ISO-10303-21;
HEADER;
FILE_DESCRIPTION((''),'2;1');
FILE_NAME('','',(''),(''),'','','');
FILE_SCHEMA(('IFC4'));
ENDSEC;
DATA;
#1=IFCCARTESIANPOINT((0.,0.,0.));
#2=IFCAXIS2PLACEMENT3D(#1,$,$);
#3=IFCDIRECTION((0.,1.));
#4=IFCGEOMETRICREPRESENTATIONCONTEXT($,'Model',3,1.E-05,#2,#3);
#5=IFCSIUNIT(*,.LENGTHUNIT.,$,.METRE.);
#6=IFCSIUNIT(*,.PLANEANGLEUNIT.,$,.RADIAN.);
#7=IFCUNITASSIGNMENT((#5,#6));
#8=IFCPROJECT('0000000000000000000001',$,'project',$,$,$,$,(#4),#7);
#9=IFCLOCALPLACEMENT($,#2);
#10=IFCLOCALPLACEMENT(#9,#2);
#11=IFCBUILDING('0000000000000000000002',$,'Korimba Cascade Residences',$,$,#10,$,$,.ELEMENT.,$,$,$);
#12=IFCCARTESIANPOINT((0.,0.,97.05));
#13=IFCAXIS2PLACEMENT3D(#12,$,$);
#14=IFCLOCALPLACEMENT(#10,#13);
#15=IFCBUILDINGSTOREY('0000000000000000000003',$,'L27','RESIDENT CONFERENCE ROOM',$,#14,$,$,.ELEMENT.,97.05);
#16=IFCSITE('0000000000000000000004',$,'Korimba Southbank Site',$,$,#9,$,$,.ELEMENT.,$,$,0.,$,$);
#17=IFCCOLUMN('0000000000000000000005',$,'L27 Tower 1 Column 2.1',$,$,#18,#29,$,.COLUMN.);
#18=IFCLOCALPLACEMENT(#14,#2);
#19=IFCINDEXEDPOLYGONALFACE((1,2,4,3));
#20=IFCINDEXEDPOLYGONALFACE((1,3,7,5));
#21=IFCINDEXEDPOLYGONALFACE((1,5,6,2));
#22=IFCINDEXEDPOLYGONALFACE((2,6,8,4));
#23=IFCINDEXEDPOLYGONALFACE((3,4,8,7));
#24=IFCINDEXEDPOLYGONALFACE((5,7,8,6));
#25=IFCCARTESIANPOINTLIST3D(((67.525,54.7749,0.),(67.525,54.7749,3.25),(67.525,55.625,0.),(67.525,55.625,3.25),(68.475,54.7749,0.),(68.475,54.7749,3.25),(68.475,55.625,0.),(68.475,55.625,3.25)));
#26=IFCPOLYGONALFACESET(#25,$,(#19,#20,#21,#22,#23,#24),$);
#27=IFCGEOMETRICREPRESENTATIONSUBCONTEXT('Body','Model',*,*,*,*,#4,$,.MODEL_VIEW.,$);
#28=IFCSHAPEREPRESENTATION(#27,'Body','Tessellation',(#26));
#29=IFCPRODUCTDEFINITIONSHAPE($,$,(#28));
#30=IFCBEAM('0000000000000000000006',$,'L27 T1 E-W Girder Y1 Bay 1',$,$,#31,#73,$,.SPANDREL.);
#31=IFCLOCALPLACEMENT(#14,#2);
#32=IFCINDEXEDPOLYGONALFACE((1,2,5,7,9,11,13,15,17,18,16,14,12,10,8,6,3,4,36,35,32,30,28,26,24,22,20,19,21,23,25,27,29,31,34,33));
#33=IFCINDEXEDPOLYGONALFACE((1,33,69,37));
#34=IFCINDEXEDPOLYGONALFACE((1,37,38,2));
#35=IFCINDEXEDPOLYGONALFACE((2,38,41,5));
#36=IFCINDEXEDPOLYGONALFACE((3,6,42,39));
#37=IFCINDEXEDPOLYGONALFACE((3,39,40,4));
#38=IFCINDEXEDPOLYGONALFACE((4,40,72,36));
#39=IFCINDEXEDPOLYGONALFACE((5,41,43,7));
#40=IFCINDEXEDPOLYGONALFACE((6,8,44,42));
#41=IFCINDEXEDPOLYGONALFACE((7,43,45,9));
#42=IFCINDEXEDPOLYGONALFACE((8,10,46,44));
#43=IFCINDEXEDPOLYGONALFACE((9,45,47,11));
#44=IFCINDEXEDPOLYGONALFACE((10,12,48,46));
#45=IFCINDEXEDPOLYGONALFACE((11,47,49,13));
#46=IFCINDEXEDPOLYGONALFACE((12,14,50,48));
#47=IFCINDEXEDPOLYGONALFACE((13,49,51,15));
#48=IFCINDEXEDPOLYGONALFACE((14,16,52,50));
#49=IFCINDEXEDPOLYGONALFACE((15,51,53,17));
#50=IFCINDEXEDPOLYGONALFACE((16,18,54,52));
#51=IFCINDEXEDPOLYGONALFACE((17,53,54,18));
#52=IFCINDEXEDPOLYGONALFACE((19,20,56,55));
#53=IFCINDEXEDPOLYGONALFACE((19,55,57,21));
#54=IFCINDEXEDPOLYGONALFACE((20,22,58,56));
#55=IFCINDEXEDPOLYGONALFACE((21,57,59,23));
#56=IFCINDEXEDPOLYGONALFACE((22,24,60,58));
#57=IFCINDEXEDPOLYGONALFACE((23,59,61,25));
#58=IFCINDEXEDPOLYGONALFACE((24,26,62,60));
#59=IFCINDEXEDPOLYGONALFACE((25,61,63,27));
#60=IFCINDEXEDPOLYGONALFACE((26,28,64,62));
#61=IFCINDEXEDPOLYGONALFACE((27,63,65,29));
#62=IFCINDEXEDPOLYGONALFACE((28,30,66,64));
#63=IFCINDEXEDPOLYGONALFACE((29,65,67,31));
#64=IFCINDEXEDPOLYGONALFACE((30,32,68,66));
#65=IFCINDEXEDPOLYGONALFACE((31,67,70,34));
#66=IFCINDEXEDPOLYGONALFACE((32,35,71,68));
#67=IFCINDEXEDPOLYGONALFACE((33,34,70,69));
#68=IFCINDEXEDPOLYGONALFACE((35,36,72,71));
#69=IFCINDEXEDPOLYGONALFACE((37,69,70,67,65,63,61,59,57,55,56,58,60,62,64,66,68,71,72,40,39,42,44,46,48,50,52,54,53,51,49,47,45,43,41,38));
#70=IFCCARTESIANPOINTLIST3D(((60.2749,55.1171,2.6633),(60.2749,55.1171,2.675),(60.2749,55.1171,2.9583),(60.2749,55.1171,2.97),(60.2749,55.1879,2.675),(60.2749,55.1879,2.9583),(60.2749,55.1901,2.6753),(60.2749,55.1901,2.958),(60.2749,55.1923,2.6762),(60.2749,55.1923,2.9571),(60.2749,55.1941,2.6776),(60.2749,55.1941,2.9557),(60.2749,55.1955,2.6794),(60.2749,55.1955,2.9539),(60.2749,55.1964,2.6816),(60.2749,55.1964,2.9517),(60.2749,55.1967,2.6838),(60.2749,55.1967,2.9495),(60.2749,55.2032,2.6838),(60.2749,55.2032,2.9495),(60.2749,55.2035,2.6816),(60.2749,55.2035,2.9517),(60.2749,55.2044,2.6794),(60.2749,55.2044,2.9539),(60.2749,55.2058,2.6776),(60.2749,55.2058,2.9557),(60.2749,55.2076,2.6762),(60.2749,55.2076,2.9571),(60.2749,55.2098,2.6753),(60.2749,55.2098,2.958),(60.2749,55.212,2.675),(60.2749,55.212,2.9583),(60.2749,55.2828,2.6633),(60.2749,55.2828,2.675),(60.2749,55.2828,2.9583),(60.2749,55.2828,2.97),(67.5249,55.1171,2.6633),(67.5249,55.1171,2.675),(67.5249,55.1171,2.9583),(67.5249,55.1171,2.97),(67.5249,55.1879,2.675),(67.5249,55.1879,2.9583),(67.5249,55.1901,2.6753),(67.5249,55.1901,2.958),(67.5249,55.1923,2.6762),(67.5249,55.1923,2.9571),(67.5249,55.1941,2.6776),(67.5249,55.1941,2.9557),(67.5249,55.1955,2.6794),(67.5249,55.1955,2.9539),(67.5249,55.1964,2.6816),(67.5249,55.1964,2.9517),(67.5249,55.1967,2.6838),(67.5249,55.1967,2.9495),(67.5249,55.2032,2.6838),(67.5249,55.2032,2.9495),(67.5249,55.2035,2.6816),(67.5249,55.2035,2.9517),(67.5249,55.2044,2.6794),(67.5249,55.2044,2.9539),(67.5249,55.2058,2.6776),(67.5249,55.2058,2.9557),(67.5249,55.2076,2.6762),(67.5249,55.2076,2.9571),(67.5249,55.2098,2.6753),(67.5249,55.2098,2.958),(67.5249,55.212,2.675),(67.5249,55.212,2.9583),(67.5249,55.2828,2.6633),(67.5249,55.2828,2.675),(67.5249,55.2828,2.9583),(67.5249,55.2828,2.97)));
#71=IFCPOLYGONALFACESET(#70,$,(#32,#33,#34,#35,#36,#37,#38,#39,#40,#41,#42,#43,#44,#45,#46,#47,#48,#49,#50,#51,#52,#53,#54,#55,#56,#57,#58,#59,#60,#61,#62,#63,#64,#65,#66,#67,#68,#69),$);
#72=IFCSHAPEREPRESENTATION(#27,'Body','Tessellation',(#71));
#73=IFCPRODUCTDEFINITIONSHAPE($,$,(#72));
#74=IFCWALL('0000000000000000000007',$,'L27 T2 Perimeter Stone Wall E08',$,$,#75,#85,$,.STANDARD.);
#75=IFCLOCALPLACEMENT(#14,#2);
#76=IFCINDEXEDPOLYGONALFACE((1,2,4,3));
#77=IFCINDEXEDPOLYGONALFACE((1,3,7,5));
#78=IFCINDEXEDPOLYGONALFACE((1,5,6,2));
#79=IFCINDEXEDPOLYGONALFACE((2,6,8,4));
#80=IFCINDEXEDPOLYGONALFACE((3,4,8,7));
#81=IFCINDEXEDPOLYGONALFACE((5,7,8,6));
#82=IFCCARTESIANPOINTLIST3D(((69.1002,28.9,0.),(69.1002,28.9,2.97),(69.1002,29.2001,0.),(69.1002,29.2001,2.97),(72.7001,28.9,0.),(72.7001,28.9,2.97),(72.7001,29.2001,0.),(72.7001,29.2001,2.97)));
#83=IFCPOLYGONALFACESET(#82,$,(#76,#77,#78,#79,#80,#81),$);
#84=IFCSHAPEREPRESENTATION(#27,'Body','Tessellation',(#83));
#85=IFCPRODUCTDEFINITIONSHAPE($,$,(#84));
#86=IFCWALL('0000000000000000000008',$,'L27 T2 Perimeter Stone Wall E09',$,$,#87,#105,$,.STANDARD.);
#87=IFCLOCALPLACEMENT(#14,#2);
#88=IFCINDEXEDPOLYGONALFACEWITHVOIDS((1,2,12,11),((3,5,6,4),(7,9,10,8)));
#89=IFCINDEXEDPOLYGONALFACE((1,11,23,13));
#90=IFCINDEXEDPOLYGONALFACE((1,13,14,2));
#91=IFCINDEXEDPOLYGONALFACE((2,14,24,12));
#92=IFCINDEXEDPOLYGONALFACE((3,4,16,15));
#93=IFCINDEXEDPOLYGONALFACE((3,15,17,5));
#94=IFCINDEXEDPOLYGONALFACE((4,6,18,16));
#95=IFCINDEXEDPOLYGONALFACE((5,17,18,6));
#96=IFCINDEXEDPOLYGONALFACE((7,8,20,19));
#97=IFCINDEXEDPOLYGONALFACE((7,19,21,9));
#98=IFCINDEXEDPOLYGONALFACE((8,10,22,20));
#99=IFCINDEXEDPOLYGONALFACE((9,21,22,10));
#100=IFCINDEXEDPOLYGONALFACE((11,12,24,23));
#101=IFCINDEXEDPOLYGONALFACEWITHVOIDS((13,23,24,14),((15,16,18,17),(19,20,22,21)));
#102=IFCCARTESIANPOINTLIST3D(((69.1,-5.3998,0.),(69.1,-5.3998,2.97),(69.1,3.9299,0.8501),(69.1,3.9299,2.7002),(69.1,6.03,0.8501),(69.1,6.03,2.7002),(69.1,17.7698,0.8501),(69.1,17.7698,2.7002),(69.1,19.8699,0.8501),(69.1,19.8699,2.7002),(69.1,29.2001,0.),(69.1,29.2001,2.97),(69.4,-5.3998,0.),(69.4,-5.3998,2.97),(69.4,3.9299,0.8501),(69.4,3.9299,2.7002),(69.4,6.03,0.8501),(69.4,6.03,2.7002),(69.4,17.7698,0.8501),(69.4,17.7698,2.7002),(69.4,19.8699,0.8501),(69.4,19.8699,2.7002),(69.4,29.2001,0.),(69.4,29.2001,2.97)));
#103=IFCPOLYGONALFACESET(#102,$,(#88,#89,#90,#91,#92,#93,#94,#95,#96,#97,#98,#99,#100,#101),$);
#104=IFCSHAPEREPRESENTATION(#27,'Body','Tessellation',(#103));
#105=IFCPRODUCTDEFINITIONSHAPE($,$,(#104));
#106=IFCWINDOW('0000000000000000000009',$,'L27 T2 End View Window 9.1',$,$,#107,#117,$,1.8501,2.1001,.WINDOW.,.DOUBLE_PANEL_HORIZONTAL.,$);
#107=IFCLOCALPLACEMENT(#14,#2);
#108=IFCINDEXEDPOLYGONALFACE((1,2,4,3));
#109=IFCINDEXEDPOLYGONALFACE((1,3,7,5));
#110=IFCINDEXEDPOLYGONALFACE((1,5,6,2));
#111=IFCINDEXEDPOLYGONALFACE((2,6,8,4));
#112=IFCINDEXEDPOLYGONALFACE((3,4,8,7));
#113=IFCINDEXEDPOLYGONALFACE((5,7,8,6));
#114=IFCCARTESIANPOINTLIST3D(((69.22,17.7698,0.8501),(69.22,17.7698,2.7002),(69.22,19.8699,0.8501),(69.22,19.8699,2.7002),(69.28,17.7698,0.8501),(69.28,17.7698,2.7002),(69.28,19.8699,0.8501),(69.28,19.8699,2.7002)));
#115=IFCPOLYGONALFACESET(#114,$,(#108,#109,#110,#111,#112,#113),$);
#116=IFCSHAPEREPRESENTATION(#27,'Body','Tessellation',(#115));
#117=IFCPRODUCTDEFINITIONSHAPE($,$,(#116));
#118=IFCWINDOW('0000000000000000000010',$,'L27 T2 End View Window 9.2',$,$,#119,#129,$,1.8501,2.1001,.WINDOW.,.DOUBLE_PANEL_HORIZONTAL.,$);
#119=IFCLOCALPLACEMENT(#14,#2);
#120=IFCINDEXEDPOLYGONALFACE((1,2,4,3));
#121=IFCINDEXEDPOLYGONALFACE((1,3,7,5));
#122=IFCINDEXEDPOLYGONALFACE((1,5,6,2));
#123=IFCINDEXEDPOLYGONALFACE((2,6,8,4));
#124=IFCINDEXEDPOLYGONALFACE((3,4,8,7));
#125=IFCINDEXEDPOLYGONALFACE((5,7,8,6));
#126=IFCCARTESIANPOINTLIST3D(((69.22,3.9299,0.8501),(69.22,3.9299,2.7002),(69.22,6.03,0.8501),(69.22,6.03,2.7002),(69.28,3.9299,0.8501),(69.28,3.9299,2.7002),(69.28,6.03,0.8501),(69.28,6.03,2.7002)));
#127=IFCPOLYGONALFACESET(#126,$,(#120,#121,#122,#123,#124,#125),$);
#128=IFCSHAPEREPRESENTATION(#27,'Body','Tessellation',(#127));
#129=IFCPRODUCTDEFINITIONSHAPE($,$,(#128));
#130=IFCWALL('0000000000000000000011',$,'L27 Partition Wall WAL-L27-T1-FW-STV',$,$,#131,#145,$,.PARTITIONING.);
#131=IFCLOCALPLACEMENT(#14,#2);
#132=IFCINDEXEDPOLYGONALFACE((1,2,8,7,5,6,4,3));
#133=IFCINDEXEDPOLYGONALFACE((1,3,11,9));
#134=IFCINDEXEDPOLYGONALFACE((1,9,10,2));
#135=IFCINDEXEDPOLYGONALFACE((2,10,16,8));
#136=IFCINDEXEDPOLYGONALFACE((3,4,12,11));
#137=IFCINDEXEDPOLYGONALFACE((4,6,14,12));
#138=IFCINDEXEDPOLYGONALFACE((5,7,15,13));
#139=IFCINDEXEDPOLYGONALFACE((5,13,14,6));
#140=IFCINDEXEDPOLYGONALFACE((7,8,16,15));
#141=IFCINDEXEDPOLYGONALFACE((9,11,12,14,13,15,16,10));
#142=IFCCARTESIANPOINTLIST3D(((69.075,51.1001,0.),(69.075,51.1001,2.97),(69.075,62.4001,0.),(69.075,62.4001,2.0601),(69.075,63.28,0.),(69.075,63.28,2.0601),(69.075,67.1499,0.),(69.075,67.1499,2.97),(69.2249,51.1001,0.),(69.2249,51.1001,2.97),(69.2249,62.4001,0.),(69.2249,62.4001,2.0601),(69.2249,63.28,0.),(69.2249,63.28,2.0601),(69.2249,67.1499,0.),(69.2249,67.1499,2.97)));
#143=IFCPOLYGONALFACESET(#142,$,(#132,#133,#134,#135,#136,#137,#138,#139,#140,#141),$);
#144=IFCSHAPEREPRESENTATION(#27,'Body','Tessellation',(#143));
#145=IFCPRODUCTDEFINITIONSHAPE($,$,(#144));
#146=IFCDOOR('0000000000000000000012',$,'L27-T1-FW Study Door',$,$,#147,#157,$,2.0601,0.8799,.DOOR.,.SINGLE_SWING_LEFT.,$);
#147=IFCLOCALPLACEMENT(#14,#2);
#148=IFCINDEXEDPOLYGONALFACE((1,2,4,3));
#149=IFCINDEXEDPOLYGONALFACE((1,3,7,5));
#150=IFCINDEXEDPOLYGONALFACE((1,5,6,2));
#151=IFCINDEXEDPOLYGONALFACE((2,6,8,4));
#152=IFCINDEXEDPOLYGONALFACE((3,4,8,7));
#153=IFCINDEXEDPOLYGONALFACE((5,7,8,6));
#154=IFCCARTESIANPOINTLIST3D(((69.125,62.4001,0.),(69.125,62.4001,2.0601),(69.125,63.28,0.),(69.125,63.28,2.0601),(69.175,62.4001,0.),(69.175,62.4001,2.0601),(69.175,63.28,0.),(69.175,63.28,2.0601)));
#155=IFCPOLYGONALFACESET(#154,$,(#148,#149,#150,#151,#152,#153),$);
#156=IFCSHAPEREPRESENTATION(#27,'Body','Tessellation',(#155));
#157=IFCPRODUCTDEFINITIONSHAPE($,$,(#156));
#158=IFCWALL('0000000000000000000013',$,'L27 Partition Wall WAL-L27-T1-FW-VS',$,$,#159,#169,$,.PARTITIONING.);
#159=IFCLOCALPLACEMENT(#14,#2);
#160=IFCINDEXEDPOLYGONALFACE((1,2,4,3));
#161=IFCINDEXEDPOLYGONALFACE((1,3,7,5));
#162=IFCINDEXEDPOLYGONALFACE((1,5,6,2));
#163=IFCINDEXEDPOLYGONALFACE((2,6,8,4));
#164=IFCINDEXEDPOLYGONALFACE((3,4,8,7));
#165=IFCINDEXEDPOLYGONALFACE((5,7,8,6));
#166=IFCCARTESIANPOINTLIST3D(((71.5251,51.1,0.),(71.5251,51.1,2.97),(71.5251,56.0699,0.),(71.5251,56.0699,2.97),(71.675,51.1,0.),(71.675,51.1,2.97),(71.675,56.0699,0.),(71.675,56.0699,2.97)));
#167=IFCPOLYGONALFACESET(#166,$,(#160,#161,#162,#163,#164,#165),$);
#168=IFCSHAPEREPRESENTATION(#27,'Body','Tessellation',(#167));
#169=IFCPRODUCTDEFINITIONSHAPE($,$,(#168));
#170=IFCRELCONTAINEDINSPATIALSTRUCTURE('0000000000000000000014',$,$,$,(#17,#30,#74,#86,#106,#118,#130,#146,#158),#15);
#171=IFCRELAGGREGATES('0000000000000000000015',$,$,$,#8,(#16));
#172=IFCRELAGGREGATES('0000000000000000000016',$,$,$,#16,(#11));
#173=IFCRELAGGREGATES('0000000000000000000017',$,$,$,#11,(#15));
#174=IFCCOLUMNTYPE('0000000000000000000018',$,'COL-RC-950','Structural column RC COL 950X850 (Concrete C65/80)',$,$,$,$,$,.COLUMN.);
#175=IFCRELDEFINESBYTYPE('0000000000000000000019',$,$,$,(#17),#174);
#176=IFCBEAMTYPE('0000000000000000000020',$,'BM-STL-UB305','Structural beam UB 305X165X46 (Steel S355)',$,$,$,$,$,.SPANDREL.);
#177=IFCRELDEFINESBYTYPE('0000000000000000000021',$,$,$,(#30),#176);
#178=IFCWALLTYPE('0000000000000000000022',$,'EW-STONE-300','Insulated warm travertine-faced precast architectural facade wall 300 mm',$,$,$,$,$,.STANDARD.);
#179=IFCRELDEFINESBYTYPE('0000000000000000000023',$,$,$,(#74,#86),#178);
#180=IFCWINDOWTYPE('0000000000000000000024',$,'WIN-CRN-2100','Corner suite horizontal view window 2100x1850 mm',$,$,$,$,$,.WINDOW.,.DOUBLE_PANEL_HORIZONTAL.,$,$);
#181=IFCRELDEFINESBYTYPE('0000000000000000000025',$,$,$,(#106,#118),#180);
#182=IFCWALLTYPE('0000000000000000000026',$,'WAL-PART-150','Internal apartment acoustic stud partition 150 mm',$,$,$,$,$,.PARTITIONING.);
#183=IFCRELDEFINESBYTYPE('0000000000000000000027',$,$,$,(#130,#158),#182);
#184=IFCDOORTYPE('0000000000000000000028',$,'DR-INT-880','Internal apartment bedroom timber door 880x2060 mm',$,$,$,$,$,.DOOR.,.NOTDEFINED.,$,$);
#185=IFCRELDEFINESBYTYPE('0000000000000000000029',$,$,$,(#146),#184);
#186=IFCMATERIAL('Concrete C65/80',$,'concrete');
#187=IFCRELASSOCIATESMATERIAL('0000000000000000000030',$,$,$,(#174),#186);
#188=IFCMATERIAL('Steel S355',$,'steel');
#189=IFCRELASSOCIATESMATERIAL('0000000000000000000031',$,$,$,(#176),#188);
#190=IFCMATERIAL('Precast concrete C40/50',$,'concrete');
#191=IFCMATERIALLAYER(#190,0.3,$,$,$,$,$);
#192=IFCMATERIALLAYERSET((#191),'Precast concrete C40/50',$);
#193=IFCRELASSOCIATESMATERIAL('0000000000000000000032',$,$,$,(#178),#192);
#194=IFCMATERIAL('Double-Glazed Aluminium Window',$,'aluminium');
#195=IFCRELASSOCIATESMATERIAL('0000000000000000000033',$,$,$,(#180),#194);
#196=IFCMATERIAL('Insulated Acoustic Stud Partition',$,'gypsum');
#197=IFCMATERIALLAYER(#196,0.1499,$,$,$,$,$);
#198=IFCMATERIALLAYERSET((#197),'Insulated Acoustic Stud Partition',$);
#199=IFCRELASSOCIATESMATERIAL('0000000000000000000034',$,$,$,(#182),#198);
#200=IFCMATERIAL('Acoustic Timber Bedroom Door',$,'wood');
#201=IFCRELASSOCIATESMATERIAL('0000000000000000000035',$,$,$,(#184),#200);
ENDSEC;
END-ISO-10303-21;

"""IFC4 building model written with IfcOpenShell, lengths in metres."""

from ifc_helpers import new_model, si_unit, direction, frame, frame_2d, origin, origin_2d, place, context, subcontext, project, spatial, rectangle, i_section, extrude, material, layer, layer_set, material_profile, profile_set, type_object, element, fill, save


model = new_model("IFC4")

# Units and contexts
model_context = context("Model", 3, precision=1e-05, world=origin(), true_north=direction((0.0, 1.0)))
body_context = subcontext(model_context, "Body", "Model", "MODEL_VIEW")
ifc_project = project(units=[si_unit("LENGTHUNIT", "METRE"), si_unit("PLANEANGLEUNIT", "RADIAN")], contexts=[model_context])

# Site, building, storey
site_placement = place(None, origin())
site = spatial("IfcSite", under=ifc_project, at=site_placement, Name="Korimba Southbank Site", CompositionType="ELEMENT", RefElevation=0.0)
building_placement = place(site_placement, origin())
building = spatial("IfcBuilding", under=site, at=building_placement, Name="Korimba Cascade Residences", CompositionType="ELEMENT")
storey_placement = place(building_placement, frame((0.0, 0.0, 97.05)))
storey = spatial("IfcBuildingStorey", under=building, at=storey_placement, Name="L27", Description="RESIDENT CONFERENCE ROOM", CompositionType="ELEMENT", Elevation=97.05)

# Column
ifc_material_1 = material(Name="Concrete C65/80", Category="concrete")
ifc_material_profile_1 = material_profile(ifc_material_1, rectangle(XDim=0.95, YDim=0.8501, at=origin_2d()), Name="Concrete C65/80")
ifc_profile_set_1 = profile_set([ifc_material_profile_1], Name="Concrete C65/80")
column_type = type_object("IfcColumnType", Name="COL-RC-950", Description="Structural column RC COL 950X850 (Concrete C65/80)", PredefinedType="COLUMN", material=ifc_profile_set_1)
column_placement = place(storey_placement, frame((68.0, 55.2, 0.0), z_axis=(0.0, 0.0, 1.0), x_axis=(1.0, 0.0, 0.0)))
element("IfcColumn", 1, at=column_placement, inside=storey, type_object=column_type, Name="L27 Tower 1 Column 2.1", PredefinedType="COLUMN", context=body_context, shape_type="SweptSolid", body=[
    extrude(rectangle(XDim=0.95, YDim=0.8501, at=origin_2d()), origin(), (0.0, 0.0, 1.0), 3.25),
])

# Beam
ifc_material_2 = material(Name="Steel S355", Category="steel")
ifc_material_profile_2 = material_profile(ifc_material_2, i_section(OverallWidth=0.1658, OverallDepth=0.3066, WebThickness=0.0066, FlangeThickness=0.0117, FilletRadius=0.0088, at=origin_2d()), Name="Steel S355")
ifc_profile_set_2 = profile_set([ifc_material_profile_2], Name="Steel S355")
beam_type = type_object("IfcBeamType", Name="BM-STL-UB305", Description="Structural beam UB 305X165X46 (Steel S355)", PredefinedType="SPANDREL", material=ifc_profile_set_2)
beam_placement = place(storey_placement, frame((60.2749, 55.2, 2.8167), z_axis=(1.0, 0.0, 0.0), x_axis=(0.0, 1.0, 0.0)))
element("IfcBeam", 2, at=beam_placement, inside=storey, type_object=beam_type, Name="L27 T1 E-W Girder Y1 Bay 1", PredefinedType="SPANDREL", context=body_context, shape_type="SweptSolid", body=[
    extrude(i_section(OverallWidth=0.1658, OverallDepth=0.3066, WebThickness=0.0066, FlangeThickness=0.0117, FilletRadius=0.0088, at=origin_2d()), origin(), (0.0, 0.0, 1.0), 7.25),
])

# Wall
ifc_material_3 = material(Name="Precast concrete C40/50", Category="concrete")
ifc_layer_1 = layer(ifc_material_3, 0.3)
ifc_layer_set_1 = layer_set([ifc_layer_1], Name="Precast concrete C40/50")
wall_type_1 = type_object("IfcWallType", Name="EW-STONE-300", Description="Insulated warm travertine-faced precast architectural facade wall 300 mm", PredefinedType="STANDARD", material=ifc_layer_set_1)
wall_1_placement = place(storey_placement, frame((72.7, 29.05, 0.0), z_axis=(0.0, 0.0, 1.0), x_axis=(-1.0, 0.0, 0.0)))
element("IfcWall", 3, at=wall_1_placement, inside=storey, type_object=wall_type_1, Name="L27 T2 Perimeter Stone Wall E08", PredefinedType="STANDARD", context=body_context, shape_type="SweptSolid", body=[
    extrude(rectangle(XDim=3.5999, YDim=0.3, at=frame_2d((1.7998, 0.0))), origin(), (0.0, 0.0, 1.0), 2.97),
])

# Wall, openings, windows
wall_2_placement = place(storey_placement, frame((69.25, 29.2, 0.0), z_axis=(0.0, 0.0, 1.0), x_axis=(0.0, -1.0, 0.0)))
wall_2 = element("IfcWall", 4, at=wall_2_placement, inside=storey, type_object=wall_type_1, Name="L27 T2 Perimeter Stone Wall E09", PredefinedType="STANDARD", context=body_context, shape_type="SweptSolid", body=[
    extrude(rectangle(XDim=34.5999, YDim=0.3, at=frame_2d((17.2998, 0.0))), origin(), (0.0, 0.0, 1.0), 2.97),
])
opening_1_placement = place(wall_2_placement, frame((9.3301, 0.0, 0.8501)))
opening_1 = element("IfcOpeningElement", 5, at=opening_1_placement, cuts=wall_2, PredefinedType="OPENING", context=body_context, shape_type="SweptSolid", body=[
    extrude(rectangle(XDim=2.1001, YDim=1.8501, at=frame_2d((1.05, 0.925))), frame((0.0, 0.1602, 0.0), z_axis=(0.0, -1.0, 0.0), x_axis=(1.0, 0.0, 0.0)), (0.0, 0.0, 1.0), 0.3201),
])
opening_2_placement = place(wall_2_placement, frame((23.1699, 0.0, 0.8501)))
opening_2 = element("IfcOpeningElement", 6, at=opening_2_placement, cuts=wall_2, PredefinedType="OPENING", context=body_context, shape_type="SweptSolid", body=[
    extrude(rectangle(XDim=2.1001, YDim=1.8501, at=frame_2d((1.05, 0.925))), frame((0.0, 0.1602, 0.0), z_axis=(0.0, -1.0, 0.0), x_axis=(1.0, 0.0, 0.0)), (0.0, 0.0, 1.0), 0.3201),
])
ifc_material_4 = material(Name="Double-Glazed Aluminium Window", Category="aluminium")
window_type = type_object("IfcWindowType", Name="WIN-CRN-2100", Description="Corner suite horizontal view window 2100x1850 mm", PartitioningType="DOUBLE_PANEL_HORIZONTAL", PredefinedType="WINDOW", material=ifc_material_4)
window_1_placement = place(opening_1_placement, origin())
window_1 = element("IfcWindow", 7, at=window_1_placement, inside=storey, type_object=window_type, Name="L27 T2 End View Window 9.1", OverallHeight=1.8501, OverallWidth=2.1001, PartitioningType="DOUBLE_PANEL_HORIZONTAL", PredefinedType="WINDOW", context=body_context, shape_type="SweptSolid", body=[
    extrude(rectangle(XDim=2.1001, YDim=1.8501, at=frame_2d((1.05, 0.925))), frame((0.0, 0.03, 0.0), z_axis=(0.0, -1.0, 0.0), x_axis=(1.0, 0.0, 0.0)), (0.0, 0.0, 1.0), 0.0601),
])
fill(opening_1, window_1)
window_2_placement = place(opening_2_placement, origin())
window_2 = element("IfcWindow", 8, at=window_2_placement, inside=storey, type_object=window_type, Name="L27 T2 End View Window 9.2", OverallHeight=1.8501, OverallWidth=2.1001, PartitioningType="DOUBLE_PANEL_HORIZONTAL", PredefinedType="WINDOW", context=body_context, shape_type="SweptSolid", body=[
    extrude(rectangle(XDim=2.1001, YDim=1.8501, at=frame_2d((1.05, 0.925))), frame((0.0, 0.03, 0.0), z_axis=(0.0, -1.0, 0.0), x_axis=(1.0, 0.0, 0.0)), (0.0, 0.0, 1.0), 0.0601),
])
fill(opening_2, window_2)

# Wall, opening, door
ifc_material_5 = material(Name="Insulated Acoustic Stud Partition", Category="gypsum")
ifc_layer_2 = layer(ifc_material_5, 0.1499)
ifc_layer_set_2 = layer_set([ifc_layer_2], Name="Insulated Acoustic Stud Partition")
wall_type_2 = type_object("IfcWallType", Name="WAL-PART-150", Description="Internal apartment acoustic stud partition 150 mm", PredefinedType="PARTITIONING", material=ifc_layer_set_2)
wall_3_placement = place(storey_placement, frame((69.1499, 51.1001, 0.0), z_axis=(0.0, 0.0, 1.0), x_axis=(0.0, 1.0, 0.0)))
wall_3 = element("IfcWall", 9, at=wall_3_placement, inside=storey, type_object=wall_type_2, Name="L27 Partition Wall WAL-L27-T1-FW-STV", PredefinedType="PARTITIONING", context=body_context, shape_type="SweptSolid", body=[
    extrude(rectangle(XDim=16.0498, YDim=0.1499, at=frame_2d((8.0249, 0.0))), origin(), (0.0, 0.0, 1.0), 2.97),
])
opening_3_placement = place(wall_3_placement, frame((11.3, 0.0, 0.0)))
opening_3 = element("IfcOpeningElement", 10, at=opening_3_placement, cuts=wall_3, PredefinedType="OPENING", context=body_context, shape_type="SweptSolid", body=[
    extrude(rectangle(XDim=0.8799, YDim=2.0601, at=frame_2d((0.4399, 1.03))), frame((0.0, 0.085, 0.0), z_axis=(0.0, -1.0, 0.0), x_axis=(1.0, 0.0, 0.0)), (0.0, 0.0, 1.0), 0.1699),
])
ifc_material_6 = material(Name="Acoustic Timber Bedroom Door", Category="wood")
door_type_1 = type_object("IfcDoorType", Name="DR-INT-880", Description="Internal apartment bedroom timber door 880x2060 mm", OperationType="NOTDEFINED", PredefinedType="DOOR", material=ifc_material_6)
door_1_placement = place(opening_3_placement, origin())
door_1 = element("IfcDoor", 11, at=door_1_placement, inside=storey, type_object=door_type_1, Name="L27-T1-FW Study Door", OperationType="SINGLE_SWING_LEFT", OverallHeight=2.0601, OverallWidth=0.8799, PredefinedType="DOOR", context=body_context, shape_type="SweptSolid", body=[
    extrude(rectangle(XDim=0.8799, YDim=2.0601, at=frame_2d((0.4399, 1.03))), frame((0.0, 0.0249, 0.0), z_axis=(0.0, -1.0, 0.0), x_axis=(1.0, 0.0, 0.0)), (0.0, 0.0, 1.0), 0.05),
])
fill(opening_3, door_1)

# Wall
wall_4_placement = place(storey_placement, frame((71.6001, 51.1001, 0.0), z_axis=(0.0, 0.0, 1.0), x_axis=(0.0, 1.0, 0.0)))
element("IfcWall", 12, at=wall_4_placement, inside=storey, type_object=wall_type_2, Name="L27 Partition Wall WAL-L27-T1-FW-VS", PredefinedType="PARTITIONING", context=body_context, shape_type="SweptSolid", body=[
    extrude(rectangle(XDim=4.97, YDim=0.1499, at=frame_2d((2.4849, 0.0))), origin(), (0.0, 0.0, 1.0), 2.97),
])

save(model, "model.ifc")
